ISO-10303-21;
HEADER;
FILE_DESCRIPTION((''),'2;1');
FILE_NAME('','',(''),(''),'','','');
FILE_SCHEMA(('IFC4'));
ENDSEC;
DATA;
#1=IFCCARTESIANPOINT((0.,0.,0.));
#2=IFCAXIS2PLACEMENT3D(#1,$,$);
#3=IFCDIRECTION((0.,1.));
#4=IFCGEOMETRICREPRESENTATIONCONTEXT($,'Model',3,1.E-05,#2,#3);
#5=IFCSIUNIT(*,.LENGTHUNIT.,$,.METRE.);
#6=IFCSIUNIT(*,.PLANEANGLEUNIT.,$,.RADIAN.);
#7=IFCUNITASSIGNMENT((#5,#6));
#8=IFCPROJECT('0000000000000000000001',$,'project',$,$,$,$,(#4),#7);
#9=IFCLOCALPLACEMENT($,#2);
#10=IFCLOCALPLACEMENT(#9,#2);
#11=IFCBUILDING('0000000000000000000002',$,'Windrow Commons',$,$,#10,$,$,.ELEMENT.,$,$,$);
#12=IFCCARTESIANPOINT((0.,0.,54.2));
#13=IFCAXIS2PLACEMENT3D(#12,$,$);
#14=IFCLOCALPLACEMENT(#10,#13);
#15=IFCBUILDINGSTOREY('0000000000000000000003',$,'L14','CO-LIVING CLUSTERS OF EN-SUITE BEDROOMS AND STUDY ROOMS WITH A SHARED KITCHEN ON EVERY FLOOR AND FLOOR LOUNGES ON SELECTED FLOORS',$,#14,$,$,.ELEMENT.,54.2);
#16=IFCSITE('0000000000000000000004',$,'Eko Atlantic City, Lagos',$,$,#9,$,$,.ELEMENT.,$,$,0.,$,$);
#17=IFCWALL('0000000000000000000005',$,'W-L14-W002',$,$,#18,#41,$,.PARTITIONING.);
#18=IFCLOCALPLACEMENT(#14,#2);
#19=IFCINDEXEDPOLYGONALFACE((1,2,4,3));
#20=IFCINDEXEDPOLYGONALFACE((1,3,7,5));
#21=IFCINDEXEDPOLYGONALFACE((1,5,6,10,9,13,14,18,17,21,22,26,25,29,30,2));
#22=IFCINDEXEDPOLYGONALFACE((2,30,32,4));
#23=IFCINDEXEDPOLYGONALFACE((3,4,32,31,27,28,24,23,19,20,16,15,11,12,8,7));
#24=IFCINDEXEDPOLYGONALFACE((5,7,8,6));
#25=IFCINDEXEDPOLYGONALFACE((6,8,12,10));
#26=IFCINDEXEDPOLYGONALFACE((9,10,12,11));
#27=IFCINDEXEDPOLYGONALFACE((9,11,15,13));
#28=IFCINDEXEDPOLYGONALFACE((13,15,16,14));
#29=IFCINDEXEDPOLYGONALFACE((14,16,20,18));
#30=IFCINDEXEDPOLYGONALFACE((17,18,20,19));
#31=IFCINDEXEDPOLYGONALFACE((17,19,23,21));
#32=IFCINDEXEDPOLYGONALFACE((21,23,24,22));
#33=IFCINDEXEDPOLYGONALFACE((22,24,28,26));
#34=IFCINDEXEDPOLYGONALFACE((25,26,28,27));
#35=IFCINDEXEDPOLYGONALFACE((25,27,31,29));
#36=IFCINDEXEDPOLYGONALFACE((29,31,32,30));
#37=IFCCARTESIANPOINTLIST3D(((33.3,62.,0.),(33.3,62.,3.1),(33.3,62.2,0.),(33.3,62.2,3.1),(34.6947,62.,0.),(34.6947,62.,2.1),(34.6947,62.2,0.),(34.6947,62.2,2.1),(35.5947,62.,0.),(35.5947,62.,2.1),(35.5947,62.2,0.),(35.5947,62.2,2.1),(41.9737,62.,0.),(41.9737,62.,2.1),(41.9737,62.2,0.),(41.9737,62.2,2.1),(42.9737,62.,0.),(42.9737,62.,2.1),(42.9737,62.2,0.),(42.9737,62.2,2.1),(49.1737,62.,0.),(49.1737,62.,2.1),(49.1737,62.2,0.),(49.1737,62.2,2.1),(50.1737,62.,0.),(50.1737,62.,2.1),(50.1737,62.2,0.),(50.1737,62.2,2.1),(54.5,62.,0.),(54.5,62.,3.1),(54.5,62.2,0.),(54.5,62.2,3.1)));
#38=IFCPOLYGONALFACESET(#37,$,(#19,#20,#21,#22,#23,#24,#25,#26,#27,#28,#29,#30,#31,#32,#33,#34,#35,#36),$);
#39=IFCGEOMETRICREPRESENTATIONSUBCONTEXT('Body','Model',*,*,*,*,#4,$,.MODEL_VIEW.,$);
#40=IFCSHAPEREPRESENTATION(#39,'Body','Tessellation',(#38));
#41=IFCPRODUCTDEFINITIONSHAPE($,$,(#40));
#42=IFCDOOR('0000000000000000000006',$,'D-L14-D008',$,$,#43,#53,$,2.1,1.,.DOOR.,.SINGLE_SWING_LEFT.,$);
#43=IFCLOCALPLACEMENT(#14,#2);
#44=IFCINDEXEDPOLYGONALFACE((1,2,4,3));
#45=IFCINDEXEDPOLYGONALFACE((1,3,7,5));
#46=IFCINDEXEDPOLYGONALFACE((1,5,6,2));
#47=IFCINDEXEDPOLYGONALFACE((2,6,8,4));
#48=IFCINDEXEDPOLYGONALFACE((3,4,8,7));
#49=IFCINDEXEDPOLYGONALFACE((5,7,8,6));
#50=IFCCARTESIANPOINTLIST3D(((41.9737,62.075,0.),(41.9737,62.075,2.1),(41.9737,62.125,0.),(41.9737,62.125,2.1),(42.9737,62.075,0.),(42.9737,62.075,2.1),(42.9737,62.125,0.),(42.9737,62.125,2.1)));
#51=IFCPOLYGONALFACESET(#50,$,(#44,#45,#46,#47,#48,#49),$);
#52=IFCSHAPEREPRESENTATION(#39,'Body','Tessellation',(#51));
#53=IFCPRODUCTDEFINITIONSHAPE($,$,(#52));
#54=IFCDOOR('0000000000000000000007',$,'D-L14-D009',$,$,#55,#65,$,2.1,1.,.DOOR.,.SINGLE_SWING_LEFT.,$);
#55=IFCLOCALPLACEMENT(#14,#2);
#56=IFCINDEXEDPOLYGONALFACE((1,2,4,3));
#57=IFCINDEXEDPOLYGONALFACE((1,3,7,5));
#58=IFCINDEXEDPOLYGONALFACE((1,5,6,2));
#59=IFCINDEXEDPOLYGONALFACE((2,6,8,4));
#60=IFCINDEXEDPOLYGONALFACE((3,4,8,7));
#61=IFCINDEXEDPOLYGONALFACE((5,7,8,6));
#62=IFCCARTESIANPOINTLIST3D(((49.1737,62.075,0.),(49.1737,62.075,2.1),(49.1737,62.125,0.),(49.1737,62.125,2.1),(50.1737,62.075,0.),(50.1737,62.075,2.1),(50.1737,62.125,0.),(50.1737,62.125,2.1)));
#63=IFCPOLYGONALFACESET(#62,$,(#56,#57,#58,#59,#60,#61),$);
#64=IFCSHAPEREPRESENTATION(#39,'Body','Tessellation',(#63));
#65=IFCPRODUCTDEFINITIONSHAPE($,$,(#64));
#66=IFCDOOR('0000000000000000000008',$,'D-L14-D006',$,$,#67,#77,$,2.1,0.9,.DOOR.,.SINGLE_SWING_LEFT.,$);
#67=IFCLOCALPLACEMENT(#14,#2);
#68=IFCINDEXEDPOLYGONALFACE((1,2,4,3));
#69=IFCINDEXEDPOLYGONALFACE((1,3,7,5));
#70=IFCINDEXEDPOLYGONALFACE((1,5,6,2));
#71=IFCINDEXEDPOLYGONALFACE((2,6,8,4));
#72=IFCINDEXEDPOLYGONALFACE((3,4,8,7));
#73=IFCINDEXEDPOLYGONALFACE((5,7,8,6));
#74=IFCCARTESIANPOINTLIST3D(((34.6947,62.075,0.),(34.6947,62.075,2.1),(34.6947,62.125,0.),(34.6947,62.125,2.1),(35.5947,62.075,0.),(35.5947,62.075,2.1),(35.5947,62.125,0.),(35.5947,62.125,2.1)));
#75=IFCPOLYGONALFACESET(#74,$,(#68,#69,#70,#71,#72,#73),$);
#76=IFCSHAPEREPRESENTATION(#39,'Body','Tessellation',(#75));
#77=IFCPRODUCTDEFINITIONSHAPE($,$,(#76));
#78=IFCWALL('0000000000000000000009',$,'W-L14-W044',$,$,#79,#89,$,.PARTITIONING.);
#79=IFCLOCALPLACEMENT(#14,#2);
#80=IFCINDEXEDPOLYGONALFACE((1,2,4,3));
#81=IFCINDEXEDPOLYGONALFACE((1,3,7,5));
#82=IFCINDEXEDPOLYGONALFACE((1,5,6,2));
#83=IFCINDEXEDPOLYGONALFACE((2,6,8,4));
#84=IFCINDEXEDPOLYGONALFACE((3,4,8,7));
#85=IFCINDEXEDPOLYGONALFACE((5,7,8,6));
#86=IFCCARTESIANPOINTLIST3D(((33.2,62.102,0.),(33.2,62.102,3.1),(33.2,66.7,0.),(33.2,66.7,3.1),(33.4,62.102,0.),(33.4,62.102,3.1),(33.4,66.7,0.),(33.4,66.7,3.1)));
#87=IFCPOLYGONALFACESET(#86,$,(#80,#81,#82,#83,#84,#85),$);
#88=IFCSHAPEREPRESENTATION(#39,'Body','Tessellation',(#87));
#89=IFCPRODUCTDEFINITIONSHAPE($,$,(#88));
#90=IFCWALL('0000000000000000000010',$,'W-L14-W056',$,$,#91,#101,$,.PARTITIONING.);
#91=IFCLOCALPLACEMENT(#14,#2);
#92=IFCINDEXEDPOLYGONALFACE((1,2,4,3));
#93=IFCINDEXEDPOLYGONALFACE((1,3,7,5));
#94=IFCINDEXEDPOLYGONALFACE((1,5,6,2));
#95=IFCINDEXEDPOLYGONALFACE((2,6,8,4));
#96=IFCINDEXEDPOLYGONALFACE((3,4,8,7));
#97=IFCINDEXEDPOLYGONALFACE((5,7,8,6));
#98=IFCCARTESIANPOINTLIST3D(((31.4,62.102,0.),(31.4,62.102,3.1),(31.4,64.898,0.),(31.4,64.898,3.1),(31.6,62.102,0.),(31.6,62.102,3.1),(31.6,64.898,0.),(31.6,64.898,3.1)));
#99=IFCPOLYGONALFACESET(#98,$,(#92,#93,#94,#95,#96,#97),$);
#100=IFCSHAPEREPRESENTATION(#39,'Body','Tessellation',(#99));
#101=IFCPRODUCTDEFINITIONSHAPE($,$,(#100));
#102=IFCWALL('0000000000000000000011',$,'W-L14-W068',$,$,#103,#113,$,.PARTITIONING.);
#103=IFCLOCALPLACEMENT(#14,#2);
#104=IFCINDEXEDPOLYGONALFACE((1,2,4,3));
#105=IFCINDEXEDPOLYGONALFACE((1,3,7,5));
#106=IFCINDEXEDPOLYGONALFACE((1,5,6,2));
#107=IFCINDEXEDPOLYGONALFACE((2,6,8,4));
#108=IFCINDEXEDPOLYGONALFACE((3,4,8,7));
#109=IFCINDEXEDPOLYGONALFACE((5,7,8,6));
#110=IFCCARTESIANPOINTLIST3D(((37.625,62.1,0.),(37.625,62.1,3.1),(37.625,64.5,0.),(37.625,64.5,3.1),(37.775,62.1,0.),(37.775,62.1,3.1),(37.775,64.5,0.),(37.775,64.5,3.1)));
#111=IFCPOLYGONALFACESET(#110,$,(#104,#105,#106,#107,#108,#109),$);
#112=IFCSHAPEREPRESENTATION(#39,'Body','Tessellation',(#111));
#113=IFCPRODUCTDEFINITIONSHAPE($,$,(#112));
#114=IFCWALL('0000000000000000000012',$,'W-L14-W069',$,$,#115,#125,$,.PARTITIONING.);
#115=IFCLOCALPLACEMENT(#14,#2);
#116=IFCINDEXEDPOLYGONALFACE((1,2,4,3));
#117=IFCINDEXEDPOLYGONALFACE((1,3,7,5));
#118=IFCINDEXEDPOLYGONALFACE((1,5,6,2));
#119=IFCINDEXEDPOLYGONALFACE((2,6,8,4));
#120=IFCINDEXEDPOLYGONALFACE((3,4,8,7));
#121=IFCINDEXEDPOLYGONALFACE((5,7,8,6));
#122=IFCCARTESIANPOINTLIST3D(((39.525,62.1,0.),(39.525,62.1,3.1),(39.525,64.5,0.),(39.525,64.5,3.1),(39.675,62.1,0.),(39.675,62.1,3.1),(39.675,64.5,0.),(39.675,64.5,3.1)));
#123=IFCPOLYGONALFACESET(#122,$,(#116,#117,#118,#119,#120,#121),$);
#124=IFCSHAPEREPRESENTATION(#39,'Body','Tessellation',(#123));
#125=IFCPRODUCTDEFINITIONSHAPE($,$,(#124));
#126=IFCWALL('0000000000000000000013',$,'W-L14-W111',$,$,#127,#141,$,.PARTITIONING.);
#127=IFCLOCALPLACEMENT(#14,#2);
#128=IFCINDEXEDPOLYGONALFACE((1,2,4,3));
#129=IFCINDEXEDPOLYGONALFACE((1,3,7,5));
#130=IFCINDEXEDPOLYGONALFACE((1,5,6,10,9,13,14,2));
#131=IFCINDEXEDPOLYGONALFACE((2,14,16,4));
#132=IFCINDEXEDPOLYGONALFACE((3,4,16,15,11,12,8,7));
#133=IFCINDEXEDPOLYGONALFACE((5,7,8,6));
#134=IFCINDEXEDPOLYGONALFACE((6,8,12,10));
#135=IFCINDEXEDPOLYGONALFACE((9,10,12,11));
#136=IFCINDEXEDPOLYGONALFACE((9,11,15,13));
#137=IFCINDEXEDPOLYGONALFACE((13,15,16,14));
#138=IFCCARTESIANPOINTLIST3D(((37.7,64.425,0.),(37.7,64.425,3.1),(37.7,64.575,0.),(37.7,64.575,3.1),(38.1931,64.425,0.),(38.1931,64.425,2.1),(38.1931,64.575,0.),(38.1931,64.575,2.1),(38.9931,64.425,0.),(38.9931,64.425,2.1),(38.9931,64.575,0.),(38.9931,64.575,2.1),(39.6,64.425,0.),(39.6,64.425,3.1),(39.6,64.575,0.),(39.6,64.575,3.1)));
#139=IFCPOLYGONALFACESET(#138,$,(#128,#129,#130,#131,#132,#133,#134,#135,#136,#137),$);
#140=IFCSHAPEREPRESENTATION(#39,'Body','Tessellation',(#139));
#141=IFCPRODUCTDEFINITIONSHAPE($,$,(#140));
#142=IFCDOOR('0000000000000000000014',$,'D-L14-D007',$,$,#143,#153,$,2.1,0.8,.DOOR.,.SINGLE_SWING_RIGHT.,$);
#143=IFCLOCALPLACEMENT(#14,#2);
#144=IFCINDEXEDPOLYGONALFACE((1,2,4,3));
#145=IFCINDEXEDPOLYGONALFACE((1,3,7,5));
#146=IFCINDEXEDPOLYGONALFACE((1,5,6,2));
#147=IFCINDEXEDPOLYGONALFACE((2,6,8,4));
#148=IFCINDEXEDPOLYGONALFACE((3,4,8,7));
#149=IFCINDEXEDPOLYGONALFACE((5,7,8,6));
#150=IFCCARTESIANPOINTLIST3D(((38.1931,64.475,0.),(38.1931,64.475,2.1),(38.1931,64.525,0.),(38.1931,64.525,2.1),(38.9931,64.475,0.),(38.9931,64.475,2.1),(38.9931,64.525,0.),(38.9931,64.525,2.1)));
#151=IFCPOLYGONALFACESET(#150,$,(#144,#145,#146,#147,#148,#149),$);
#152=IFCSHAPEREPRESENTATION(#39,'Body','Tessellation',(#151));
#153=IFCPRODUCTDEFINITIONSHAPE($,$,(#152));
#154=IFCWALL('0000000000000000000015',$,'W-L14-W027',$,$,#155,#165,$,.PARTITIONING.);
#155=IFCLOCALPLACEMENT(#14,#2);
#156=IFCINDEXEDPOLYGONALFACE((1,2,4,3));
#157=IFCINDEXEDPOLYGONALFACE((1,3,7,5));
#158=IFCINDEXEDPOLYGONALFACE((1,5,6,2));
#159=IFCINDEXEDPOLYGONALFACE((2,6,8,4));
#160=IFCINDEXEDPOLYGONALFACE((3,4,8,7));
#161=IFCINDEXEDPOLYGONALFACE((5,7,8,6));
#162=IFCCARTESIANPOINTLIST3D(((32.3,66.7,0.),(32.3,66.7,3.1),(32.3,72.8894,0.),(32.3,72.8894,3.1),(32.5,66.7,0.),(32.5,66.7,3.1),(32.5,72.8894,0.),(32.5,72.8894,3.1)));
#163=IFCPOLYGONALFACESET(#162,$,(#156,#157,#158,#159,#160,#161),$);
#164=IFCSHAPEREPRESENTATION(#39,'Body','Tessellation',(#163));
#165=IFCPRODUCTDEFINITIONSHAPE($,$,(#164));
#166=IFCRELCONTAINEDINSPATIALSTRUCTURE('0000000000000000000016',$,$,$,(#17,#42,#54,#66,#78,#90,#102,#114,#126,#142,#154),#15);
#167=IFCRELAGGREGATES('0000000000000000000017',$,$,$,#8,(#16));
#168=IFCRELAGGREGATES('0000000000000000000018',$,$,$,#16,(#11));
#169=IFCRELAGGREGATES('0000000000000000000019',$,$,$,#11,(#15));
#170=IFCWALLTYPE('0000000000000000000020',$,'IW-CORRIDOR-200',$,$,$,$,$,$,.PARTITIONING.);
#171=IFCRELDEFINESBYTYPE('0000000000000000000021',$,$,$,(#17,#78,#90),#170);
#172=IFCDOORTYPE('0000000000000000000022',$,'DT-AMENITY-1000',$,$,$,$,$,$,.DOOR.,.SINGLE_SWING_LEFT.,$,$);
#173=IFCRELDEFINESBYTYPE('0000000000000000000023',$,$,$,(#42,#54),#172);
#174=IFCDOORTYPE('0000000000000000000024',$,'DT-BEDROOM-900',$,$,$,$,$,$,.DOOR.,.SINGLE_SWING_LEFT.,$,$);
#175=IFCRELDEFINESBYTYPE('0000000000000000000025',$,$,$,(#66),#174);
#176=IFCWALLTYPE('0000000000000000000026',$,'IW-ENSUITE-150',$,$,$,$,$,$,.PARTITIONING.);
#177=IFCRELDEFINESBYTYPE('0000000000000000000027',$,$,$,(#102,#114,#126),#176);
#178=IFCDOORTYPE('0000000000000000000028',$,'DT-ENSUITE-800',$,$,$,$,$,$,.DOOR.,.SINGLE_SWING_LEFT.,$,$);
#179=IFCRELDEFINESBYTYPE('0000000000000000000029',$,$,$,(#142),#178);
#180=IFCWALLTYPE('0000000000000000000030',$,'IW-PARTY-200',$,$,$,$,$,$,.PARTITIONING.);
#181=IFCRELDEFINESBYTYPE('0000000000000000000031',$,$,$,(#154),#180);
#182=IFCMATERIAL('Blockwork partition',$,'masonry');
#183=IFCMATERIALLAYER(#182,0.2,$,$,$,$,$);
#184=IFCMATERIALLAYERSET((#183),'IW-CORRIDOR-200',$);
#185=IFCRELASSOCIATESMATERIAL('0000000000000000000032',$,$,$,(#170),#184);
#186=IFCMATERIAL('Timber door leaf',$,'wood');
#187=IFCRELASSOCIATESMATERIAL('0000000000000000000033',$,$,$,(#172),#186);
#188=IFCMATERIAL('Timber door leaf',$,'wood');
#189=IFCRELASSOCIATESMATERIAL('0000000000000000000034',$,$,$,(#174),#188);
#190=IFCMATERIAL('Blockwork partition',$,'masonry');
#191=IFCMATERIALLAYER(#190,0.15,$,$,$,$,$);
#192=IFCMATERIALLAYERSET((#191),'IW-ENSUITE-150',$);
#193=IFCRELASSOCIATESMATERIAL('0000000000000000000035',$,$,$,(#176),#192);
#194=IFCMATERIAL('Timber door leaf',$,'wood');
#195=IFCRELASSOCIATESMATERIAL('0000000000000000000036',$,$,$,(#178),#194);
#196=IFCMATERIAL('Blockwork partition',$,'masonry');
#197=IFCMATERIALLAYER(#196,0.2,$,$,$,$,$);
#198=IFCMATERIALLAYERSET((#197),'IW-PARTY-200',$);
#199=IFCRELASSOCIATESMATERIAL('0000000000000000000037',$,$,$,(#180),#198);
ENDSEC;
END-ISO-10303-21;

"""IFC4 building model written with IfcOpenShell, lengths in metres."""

from ifc_helpers import new_model, si_unit, direction, frame, frame_2d, origin, place, context, subcontext, project, spatial, rectangle, extrude, material, layer, layer_set, type_object, element, fill, save


model = new_model("IFC4")

# Units and contexts
model_context = context("Model", 3, precision=1e-05, world=origin(), true_north=direction((0.0, 1.0)))
body_context = subcontext(model_context, "Body", "Model", "MODEL_VIEW")
ifc_project = project(units=[si_unit("LENGTHUNIT", "METRE"), si_unit("PLANEANGLEUNIT", "RADIAN")], contexts=[model_context])

# Site, building, storey
site_placement = place(None, origin())
site = spatial("IfcSite", under=ifc_project, at=site_placement, Name="Eko Atlantic City, Lagos", CompositionType="ELEMENT", RefElevation=0.0)
building_placement = place(site_placement, origin())
building = spatial("IfcBuilding", under=site, at=building_placement, Name="Windrow Commons", CompositionType="ELEMENT")
storey_placement = place(building_placement, frame((0.0, 0.0, 54.2)))
storey = spatial("IfcBuildingStorey", under=building, at=storey_placement, Name="L14", Description="CO-LIVING CLUSTERS OF EN-SUITE BEDROOMS AND STUDY ROOMS WITH A SHARED KITCHEN ON EVERY FLOOR AND FLOOR LOUNGES ON SELECTED FLOORS", CompositionType="ELEMENT", Elevation=54.2)

# Wall, openings, doors
ifc_material_1 = material(Name="Blockwork partition", Category="masonry")
ifc_layer_1 = layer(ifc_material_1, 0.2)
ifc_layer_set_1 = layer_set([ifc_layer_1], Name="IW-CORRIDOR-200")
wall_type_1 = type_object("IfcWallType", Name="IW-CORRIDOR-200", PredefinedType="PARTITIONING", material=ifc_layer_set_1)
wall_1_placement = place(storey_placement, frame((33.3, 62.1, 0.0), z_axis=(0.0, 0.0, 1.0), x_axis=(1.0, 0.0, 0.0)))
wall_1 = element("IfcWall", 1, at=wall_1_placement, inside=storey, type_object=wall_type_1, Name="W-L14-W002", PredefinedType="PARTITIONING", context=body_context, shape_type="SweptSolid", body=[
    extrude(rectangle(XDim=21.2, YDim=0.2, at=frame_2d((10.6, 0.0))), origin(), (0.0, 0.0, 1.0), 3.1),
])
opening_1_placement = place(wall_1_placement, frame((1.3947, 0.0, 0.0)))
opening_1 = element("IfcOpeningElement", 2, at=opening_1_placement, cuts=wall_1, PredefinedType="OPENING", context=body_context, shape_type="SweptSolid", body=[
    extrude(rectangle(XDim=0.9, YDim=2.1, at=frame_2d((0.45, 1.05))), frame((0.0, 0.11, 0.0), z_axis=(0.0, -1.0, 0.0), x_axis=(1.0, 0.0, 0.0)), (0.0, 0.0, 1.0), 0.22),
])
opening_2_placement = place(wall_1_placement, frame((8.6737, 0.0, 0.0)))
opening_2 = element("IfcOpeningElement", 3, at=opening_2_placement, cuts=wall_1, PredefinedType="OPENING", context=body_context, shape_type="SweptSolid", body=[
    extrude(rectangle(XDim=1.0, YDim=2.1, at=frame_2d((0.5, 1.05))), frame((0.0, 0.11, 0.0), z_axis=(0.0, -1.0, 0.0), x_axis=(1.0, 0.0, 0.0)), (0.0, 0.0, 1.0), 0.22),
])
opening_3_placement = place(wall_1_placement, frame((15.8737, 0.0, 0.0)))
opening_3 = element("IfcOpeningElement", 4, at=opening_3_placement, cuts=wall_1, PredefinedType="OPENING", context=body_context, shape_type="SweptSolid", body=[
    extrude(rectangle(XDim=1.0, YDim=2.1, at=frame_2d((0.5, 1.05))), frame((0.0, 0.11, 0.0), z_axis=(0.0, -1.0, 0.0), x_axis=(1.0, 0.0, 0.0)), (0.0, 0.0, 1.0), 0.22),
])
ifc_material_2 = material(Name="Timber door leaf", Category="wood")
door_type_1 = type_object("IfcDoorType", Name="DT-AMENITY-1000", OperationType="SINGLE_SWING_LEFT", PredefinedType="DOOR", material=ifc_material_2)
door_1_placement = place(opening_2_placement, origin())
door_1 = element("IfcDoor", 5, at=door_1_placement, inside=storey, type_object=door_type_1, Name="D-L14-D008", OperationType="SINGLE_SWING_LEFT", OverallHeight=2.1, OverallWidth=1.0, PredefinedType="DOOR", context=body_context, shape_type="SweptSolid", body=[
    extrude(rectangle(XDim=1.0, YDim=2.1, at=frame_2d((0.5, 1.05))), frame((0.0, 0.025, 0.0), z_axis=(0.0, -1.0, 0.0), x_axis=(1.0, 0.0, 0.0)), (0.0, 0.0, 1.0), 0.05),
])
fill(opening_2, door_1)
door_2_placement = place(opening_3_placement, origin())
door_2 = element("IfcDoor", 6, at=door_2_placement, inside=storey, type_object=door_type_1, Name="D-L14-D009", OperationType="SINGLE_SWING_LEFT", OverallHeight=2.1, OverallWidth=1.0, PredefinedType="DOOR", context=body_context, shape_type="SweptSolid", body=[
    extrude(rectangle(XDim=1.0, YDim=2.1, at=frame_2d((0.5, 1.05))), frame((0.0, 0.025, 0.0), z_axis=(0.0, -1.0, 0.0), x_axis=(1.0, 0.0, 0.0)), (0.0, 0.0, 1.0), 0.05),
])
fill(opening_3, door_2)
ifc_material_3 = material(Name="Timber door leaf", Category="wood")
door_type_2 = type_object("IfcDoorType", Name="DT-BEDROOM-900", OperationType="SINGLE_SWING_LEFT", PredefinedType="DOOR", material=ifc_material_3)
door_3_placement = place(opening_1_placement, origin())
door_3 = element("IfcDoor", 7, at=door_3_placement, inside=storey, type_object=door_type_2, Name="D-L14-D006", OperationType="SINGLE_SWING_LEFT", OverallHeight=2.1, OverallWidth=0.9, PredefinedType="DOOR", context=body_context, shape_type="SweptSolid", body=[
    extrude(rectangle(XDim=0.9, YDim=2.1, at=frame_2d((0.45, 1.05))), frame((0.0, 0.025, 0.0), z_axis=(0.0, -1.0, 0.0), x_axis=(1.0, 0.0, 0.0)), (0.0, 0.0, 1.0), 0.05),
])
fill(opening_1, door_3)

# Walls
wall_2_placement = place(storey_placement, frame((33.3, 62.102, 0.0), z_axis=(0.0, 0.0, 1.0), x_axis=(0.0, 1.0, 0.0)))
element("IfcWall", 8, at=wall_2_placement, inside=storey, type_object=wall_type_1, Name="W-L14-W044", PredefinedType="PARTITIONING", context=body_context, shape_type="SweptSolid", body=[
    extrude(rectangle(XDim=4.598, YDim=0.2, at=frame_2d((2.299, 0.0))), origin(), (0.0, 0.0, 1.0), 3.1),
])
wall_3_placement = place(storey_placement, frame((31.5, 62.102, 0.0), z_axis=(0.0, 0.0, 1.0), x_axis=(0.0, 1.0, 0.0)))
element("IfcWall", 9, at=wall_3_placement, inside=storey, type_object=wall_type_1, Name="W-L14-W056", PredefinedType="PARTITIONING", context=body_context, shape_type="SweptSolid", body=[
    extrude(rectangle(XDim=2.796, YDim=0.2, at=frame_2d((1.398, 0.0))), origin(), (0.0, 0.0, 1.0), 3.1),
])
ifc_material_4 = material(Name="Blockwork partition", Category="masonry")
ifc_layer_2 = layer(ifc_material_4, 0.15)
ifc_layer_set_2 = layer_set([ifc_layer_2], Name="IW-ENSUITE-150")
wall_type_2 = type_object("IfcWallType", Name="IW-ENSUITE-150", PredefinedType="PARTITIONING", material=ifc_layer_set_2)
for number, where, z_axis, x_axis, name in (
    (10, (37.7, 62.1, 0.0), (0.0, 0.0, 1.0), (0.0, 1.0, 0.0), "W-L14-W068"),
    (11, (39.6, 62.1, 0.0), (0.0, 0.0, 1.0), (0.0, 1.0, 0.0), "W-L14-W069"),
):
    element("IfcWall", number, at=place(storey_placement, frame(where, z_axis=z_axis, x_axis=x_axis)), inside=storey, type_object=wall_type_2, Name=name, PredefinedType="PARTITIONING", context=body_context, shape_type="SweptSolid", body=[
        extrude(rectangle(XDim=2.4, YDim=0.15, at=frame_2d((1.2, 0.0))), origin(), (0.0, 0.0, 1.0), 3.1),
    ])

# Wall, opening, door
wall_4_placement = place(storey_placement, frame((37.7, 64.5, 0.0), z_axis=(0.0, 0.0, 1.0), x_axis=(1.0, 0.0, 0.0)))
wall_4 = element("IfcWall", 12, at=wall_4_placement, inside=storey, type_object=wall_type_2, Name="W-L14-W111", PredefinedType="PARTITIONING", context=body_context, shape_type="SweptSolid", body=[
    extrude(rectangle(XDim=1.9, YDim=0.15, at=frame_2d((0.95, 0.0))), origin(), (0.0, 0.0, 1.0), 3.1),
])
opening_4_placement = place(wall_4_placement, frame((0.4931, 0.0, 0.0)))
opening_4 = element("IfcOpeningElement", 13, at=opening_4_placement, cuts=wall_4, PredefinedType="OPENING", context=body_context, shape_type="SweptSolid", body=[
    extrude(rectangle(XDim=0.8, YDim=2.1, at=frame_2d((0.4, 1.05))), frame((0.0, 0.085, 0.0), z_axis=(0.0, -1.0, 0.0), x_axis=(1.0, 0.0, 0.0)), (0.0, 0.0, 1.0), 0.17),
])
ifc_material_5 = material(Name="Timber door leaf", Category="wood")
door_type_3 = type_object("IfcDoorType", Name="DT-ENSUITE-800", OperationType="SINGLE_SWING_LEFT", PredefinedType="DOOR", material=ifc_material_5)
door_4_placement = place(opening_4_placement, origin())
door_4 = element("IfcDoor", 14, at=door_4_placement, inside=storey, type_object=door_type_3, Name="D-L14-D007", OperationType="SINGLE_SWING_RIGHT", OverallHeight=2.1, OverallWidth=0.8, PredefinedType="DOOR", context=body_context, shape_type="SweptSolid", body=[
    extrude(rectangle(XDim=0.8, YDim=2.1, at=frame_2d((0.4, 1.05))), frame((0.0, 0.025, 0.0), z_axis=(0.0, -1.0, 0.0), x_axis=(1.0, 0.0, 0.0)), (0.0, 0.0, 1.0), 0.05),
])
fill(opening_4, door_4)

# Wall
ifc_material_6 = material(Name="Blockwork partition", Category="masonry")
ifc_layer_3 = layer(ifc_material_6, 0.2)
ifc_layer_set_3 = layer_set([ifc_layer_3], Name="IW-PARTY-200")
wall_type_3 = type_object("IfcWallType", Name="IW-PARTY-200", PredefinedType="PARTITIONING", material=ifc_layer_set_3)
wall_5_placement = place(storey_placement, frame((32.4, 66.7, 0.0), z_axis=(0.0, 0.0, 1.0), x_axis=(0.0, 1.0, 0.0)))
element("IfcWall", 15, at=wall_5_placement, inside=storey, type_object=wall_type_3, Name="W-L14-W027", PredefinedType="PARTITIONING", context=body_context, shape_type="SweptSolid", body=[
    extrude(rectangle(XDim=6.1895, YDim=0.2, at=frame_2d((3.0947, 0.0))), origin(), (0.0, 0.0, 1.0), 3.1),
])

save(model, "model.ifc")
